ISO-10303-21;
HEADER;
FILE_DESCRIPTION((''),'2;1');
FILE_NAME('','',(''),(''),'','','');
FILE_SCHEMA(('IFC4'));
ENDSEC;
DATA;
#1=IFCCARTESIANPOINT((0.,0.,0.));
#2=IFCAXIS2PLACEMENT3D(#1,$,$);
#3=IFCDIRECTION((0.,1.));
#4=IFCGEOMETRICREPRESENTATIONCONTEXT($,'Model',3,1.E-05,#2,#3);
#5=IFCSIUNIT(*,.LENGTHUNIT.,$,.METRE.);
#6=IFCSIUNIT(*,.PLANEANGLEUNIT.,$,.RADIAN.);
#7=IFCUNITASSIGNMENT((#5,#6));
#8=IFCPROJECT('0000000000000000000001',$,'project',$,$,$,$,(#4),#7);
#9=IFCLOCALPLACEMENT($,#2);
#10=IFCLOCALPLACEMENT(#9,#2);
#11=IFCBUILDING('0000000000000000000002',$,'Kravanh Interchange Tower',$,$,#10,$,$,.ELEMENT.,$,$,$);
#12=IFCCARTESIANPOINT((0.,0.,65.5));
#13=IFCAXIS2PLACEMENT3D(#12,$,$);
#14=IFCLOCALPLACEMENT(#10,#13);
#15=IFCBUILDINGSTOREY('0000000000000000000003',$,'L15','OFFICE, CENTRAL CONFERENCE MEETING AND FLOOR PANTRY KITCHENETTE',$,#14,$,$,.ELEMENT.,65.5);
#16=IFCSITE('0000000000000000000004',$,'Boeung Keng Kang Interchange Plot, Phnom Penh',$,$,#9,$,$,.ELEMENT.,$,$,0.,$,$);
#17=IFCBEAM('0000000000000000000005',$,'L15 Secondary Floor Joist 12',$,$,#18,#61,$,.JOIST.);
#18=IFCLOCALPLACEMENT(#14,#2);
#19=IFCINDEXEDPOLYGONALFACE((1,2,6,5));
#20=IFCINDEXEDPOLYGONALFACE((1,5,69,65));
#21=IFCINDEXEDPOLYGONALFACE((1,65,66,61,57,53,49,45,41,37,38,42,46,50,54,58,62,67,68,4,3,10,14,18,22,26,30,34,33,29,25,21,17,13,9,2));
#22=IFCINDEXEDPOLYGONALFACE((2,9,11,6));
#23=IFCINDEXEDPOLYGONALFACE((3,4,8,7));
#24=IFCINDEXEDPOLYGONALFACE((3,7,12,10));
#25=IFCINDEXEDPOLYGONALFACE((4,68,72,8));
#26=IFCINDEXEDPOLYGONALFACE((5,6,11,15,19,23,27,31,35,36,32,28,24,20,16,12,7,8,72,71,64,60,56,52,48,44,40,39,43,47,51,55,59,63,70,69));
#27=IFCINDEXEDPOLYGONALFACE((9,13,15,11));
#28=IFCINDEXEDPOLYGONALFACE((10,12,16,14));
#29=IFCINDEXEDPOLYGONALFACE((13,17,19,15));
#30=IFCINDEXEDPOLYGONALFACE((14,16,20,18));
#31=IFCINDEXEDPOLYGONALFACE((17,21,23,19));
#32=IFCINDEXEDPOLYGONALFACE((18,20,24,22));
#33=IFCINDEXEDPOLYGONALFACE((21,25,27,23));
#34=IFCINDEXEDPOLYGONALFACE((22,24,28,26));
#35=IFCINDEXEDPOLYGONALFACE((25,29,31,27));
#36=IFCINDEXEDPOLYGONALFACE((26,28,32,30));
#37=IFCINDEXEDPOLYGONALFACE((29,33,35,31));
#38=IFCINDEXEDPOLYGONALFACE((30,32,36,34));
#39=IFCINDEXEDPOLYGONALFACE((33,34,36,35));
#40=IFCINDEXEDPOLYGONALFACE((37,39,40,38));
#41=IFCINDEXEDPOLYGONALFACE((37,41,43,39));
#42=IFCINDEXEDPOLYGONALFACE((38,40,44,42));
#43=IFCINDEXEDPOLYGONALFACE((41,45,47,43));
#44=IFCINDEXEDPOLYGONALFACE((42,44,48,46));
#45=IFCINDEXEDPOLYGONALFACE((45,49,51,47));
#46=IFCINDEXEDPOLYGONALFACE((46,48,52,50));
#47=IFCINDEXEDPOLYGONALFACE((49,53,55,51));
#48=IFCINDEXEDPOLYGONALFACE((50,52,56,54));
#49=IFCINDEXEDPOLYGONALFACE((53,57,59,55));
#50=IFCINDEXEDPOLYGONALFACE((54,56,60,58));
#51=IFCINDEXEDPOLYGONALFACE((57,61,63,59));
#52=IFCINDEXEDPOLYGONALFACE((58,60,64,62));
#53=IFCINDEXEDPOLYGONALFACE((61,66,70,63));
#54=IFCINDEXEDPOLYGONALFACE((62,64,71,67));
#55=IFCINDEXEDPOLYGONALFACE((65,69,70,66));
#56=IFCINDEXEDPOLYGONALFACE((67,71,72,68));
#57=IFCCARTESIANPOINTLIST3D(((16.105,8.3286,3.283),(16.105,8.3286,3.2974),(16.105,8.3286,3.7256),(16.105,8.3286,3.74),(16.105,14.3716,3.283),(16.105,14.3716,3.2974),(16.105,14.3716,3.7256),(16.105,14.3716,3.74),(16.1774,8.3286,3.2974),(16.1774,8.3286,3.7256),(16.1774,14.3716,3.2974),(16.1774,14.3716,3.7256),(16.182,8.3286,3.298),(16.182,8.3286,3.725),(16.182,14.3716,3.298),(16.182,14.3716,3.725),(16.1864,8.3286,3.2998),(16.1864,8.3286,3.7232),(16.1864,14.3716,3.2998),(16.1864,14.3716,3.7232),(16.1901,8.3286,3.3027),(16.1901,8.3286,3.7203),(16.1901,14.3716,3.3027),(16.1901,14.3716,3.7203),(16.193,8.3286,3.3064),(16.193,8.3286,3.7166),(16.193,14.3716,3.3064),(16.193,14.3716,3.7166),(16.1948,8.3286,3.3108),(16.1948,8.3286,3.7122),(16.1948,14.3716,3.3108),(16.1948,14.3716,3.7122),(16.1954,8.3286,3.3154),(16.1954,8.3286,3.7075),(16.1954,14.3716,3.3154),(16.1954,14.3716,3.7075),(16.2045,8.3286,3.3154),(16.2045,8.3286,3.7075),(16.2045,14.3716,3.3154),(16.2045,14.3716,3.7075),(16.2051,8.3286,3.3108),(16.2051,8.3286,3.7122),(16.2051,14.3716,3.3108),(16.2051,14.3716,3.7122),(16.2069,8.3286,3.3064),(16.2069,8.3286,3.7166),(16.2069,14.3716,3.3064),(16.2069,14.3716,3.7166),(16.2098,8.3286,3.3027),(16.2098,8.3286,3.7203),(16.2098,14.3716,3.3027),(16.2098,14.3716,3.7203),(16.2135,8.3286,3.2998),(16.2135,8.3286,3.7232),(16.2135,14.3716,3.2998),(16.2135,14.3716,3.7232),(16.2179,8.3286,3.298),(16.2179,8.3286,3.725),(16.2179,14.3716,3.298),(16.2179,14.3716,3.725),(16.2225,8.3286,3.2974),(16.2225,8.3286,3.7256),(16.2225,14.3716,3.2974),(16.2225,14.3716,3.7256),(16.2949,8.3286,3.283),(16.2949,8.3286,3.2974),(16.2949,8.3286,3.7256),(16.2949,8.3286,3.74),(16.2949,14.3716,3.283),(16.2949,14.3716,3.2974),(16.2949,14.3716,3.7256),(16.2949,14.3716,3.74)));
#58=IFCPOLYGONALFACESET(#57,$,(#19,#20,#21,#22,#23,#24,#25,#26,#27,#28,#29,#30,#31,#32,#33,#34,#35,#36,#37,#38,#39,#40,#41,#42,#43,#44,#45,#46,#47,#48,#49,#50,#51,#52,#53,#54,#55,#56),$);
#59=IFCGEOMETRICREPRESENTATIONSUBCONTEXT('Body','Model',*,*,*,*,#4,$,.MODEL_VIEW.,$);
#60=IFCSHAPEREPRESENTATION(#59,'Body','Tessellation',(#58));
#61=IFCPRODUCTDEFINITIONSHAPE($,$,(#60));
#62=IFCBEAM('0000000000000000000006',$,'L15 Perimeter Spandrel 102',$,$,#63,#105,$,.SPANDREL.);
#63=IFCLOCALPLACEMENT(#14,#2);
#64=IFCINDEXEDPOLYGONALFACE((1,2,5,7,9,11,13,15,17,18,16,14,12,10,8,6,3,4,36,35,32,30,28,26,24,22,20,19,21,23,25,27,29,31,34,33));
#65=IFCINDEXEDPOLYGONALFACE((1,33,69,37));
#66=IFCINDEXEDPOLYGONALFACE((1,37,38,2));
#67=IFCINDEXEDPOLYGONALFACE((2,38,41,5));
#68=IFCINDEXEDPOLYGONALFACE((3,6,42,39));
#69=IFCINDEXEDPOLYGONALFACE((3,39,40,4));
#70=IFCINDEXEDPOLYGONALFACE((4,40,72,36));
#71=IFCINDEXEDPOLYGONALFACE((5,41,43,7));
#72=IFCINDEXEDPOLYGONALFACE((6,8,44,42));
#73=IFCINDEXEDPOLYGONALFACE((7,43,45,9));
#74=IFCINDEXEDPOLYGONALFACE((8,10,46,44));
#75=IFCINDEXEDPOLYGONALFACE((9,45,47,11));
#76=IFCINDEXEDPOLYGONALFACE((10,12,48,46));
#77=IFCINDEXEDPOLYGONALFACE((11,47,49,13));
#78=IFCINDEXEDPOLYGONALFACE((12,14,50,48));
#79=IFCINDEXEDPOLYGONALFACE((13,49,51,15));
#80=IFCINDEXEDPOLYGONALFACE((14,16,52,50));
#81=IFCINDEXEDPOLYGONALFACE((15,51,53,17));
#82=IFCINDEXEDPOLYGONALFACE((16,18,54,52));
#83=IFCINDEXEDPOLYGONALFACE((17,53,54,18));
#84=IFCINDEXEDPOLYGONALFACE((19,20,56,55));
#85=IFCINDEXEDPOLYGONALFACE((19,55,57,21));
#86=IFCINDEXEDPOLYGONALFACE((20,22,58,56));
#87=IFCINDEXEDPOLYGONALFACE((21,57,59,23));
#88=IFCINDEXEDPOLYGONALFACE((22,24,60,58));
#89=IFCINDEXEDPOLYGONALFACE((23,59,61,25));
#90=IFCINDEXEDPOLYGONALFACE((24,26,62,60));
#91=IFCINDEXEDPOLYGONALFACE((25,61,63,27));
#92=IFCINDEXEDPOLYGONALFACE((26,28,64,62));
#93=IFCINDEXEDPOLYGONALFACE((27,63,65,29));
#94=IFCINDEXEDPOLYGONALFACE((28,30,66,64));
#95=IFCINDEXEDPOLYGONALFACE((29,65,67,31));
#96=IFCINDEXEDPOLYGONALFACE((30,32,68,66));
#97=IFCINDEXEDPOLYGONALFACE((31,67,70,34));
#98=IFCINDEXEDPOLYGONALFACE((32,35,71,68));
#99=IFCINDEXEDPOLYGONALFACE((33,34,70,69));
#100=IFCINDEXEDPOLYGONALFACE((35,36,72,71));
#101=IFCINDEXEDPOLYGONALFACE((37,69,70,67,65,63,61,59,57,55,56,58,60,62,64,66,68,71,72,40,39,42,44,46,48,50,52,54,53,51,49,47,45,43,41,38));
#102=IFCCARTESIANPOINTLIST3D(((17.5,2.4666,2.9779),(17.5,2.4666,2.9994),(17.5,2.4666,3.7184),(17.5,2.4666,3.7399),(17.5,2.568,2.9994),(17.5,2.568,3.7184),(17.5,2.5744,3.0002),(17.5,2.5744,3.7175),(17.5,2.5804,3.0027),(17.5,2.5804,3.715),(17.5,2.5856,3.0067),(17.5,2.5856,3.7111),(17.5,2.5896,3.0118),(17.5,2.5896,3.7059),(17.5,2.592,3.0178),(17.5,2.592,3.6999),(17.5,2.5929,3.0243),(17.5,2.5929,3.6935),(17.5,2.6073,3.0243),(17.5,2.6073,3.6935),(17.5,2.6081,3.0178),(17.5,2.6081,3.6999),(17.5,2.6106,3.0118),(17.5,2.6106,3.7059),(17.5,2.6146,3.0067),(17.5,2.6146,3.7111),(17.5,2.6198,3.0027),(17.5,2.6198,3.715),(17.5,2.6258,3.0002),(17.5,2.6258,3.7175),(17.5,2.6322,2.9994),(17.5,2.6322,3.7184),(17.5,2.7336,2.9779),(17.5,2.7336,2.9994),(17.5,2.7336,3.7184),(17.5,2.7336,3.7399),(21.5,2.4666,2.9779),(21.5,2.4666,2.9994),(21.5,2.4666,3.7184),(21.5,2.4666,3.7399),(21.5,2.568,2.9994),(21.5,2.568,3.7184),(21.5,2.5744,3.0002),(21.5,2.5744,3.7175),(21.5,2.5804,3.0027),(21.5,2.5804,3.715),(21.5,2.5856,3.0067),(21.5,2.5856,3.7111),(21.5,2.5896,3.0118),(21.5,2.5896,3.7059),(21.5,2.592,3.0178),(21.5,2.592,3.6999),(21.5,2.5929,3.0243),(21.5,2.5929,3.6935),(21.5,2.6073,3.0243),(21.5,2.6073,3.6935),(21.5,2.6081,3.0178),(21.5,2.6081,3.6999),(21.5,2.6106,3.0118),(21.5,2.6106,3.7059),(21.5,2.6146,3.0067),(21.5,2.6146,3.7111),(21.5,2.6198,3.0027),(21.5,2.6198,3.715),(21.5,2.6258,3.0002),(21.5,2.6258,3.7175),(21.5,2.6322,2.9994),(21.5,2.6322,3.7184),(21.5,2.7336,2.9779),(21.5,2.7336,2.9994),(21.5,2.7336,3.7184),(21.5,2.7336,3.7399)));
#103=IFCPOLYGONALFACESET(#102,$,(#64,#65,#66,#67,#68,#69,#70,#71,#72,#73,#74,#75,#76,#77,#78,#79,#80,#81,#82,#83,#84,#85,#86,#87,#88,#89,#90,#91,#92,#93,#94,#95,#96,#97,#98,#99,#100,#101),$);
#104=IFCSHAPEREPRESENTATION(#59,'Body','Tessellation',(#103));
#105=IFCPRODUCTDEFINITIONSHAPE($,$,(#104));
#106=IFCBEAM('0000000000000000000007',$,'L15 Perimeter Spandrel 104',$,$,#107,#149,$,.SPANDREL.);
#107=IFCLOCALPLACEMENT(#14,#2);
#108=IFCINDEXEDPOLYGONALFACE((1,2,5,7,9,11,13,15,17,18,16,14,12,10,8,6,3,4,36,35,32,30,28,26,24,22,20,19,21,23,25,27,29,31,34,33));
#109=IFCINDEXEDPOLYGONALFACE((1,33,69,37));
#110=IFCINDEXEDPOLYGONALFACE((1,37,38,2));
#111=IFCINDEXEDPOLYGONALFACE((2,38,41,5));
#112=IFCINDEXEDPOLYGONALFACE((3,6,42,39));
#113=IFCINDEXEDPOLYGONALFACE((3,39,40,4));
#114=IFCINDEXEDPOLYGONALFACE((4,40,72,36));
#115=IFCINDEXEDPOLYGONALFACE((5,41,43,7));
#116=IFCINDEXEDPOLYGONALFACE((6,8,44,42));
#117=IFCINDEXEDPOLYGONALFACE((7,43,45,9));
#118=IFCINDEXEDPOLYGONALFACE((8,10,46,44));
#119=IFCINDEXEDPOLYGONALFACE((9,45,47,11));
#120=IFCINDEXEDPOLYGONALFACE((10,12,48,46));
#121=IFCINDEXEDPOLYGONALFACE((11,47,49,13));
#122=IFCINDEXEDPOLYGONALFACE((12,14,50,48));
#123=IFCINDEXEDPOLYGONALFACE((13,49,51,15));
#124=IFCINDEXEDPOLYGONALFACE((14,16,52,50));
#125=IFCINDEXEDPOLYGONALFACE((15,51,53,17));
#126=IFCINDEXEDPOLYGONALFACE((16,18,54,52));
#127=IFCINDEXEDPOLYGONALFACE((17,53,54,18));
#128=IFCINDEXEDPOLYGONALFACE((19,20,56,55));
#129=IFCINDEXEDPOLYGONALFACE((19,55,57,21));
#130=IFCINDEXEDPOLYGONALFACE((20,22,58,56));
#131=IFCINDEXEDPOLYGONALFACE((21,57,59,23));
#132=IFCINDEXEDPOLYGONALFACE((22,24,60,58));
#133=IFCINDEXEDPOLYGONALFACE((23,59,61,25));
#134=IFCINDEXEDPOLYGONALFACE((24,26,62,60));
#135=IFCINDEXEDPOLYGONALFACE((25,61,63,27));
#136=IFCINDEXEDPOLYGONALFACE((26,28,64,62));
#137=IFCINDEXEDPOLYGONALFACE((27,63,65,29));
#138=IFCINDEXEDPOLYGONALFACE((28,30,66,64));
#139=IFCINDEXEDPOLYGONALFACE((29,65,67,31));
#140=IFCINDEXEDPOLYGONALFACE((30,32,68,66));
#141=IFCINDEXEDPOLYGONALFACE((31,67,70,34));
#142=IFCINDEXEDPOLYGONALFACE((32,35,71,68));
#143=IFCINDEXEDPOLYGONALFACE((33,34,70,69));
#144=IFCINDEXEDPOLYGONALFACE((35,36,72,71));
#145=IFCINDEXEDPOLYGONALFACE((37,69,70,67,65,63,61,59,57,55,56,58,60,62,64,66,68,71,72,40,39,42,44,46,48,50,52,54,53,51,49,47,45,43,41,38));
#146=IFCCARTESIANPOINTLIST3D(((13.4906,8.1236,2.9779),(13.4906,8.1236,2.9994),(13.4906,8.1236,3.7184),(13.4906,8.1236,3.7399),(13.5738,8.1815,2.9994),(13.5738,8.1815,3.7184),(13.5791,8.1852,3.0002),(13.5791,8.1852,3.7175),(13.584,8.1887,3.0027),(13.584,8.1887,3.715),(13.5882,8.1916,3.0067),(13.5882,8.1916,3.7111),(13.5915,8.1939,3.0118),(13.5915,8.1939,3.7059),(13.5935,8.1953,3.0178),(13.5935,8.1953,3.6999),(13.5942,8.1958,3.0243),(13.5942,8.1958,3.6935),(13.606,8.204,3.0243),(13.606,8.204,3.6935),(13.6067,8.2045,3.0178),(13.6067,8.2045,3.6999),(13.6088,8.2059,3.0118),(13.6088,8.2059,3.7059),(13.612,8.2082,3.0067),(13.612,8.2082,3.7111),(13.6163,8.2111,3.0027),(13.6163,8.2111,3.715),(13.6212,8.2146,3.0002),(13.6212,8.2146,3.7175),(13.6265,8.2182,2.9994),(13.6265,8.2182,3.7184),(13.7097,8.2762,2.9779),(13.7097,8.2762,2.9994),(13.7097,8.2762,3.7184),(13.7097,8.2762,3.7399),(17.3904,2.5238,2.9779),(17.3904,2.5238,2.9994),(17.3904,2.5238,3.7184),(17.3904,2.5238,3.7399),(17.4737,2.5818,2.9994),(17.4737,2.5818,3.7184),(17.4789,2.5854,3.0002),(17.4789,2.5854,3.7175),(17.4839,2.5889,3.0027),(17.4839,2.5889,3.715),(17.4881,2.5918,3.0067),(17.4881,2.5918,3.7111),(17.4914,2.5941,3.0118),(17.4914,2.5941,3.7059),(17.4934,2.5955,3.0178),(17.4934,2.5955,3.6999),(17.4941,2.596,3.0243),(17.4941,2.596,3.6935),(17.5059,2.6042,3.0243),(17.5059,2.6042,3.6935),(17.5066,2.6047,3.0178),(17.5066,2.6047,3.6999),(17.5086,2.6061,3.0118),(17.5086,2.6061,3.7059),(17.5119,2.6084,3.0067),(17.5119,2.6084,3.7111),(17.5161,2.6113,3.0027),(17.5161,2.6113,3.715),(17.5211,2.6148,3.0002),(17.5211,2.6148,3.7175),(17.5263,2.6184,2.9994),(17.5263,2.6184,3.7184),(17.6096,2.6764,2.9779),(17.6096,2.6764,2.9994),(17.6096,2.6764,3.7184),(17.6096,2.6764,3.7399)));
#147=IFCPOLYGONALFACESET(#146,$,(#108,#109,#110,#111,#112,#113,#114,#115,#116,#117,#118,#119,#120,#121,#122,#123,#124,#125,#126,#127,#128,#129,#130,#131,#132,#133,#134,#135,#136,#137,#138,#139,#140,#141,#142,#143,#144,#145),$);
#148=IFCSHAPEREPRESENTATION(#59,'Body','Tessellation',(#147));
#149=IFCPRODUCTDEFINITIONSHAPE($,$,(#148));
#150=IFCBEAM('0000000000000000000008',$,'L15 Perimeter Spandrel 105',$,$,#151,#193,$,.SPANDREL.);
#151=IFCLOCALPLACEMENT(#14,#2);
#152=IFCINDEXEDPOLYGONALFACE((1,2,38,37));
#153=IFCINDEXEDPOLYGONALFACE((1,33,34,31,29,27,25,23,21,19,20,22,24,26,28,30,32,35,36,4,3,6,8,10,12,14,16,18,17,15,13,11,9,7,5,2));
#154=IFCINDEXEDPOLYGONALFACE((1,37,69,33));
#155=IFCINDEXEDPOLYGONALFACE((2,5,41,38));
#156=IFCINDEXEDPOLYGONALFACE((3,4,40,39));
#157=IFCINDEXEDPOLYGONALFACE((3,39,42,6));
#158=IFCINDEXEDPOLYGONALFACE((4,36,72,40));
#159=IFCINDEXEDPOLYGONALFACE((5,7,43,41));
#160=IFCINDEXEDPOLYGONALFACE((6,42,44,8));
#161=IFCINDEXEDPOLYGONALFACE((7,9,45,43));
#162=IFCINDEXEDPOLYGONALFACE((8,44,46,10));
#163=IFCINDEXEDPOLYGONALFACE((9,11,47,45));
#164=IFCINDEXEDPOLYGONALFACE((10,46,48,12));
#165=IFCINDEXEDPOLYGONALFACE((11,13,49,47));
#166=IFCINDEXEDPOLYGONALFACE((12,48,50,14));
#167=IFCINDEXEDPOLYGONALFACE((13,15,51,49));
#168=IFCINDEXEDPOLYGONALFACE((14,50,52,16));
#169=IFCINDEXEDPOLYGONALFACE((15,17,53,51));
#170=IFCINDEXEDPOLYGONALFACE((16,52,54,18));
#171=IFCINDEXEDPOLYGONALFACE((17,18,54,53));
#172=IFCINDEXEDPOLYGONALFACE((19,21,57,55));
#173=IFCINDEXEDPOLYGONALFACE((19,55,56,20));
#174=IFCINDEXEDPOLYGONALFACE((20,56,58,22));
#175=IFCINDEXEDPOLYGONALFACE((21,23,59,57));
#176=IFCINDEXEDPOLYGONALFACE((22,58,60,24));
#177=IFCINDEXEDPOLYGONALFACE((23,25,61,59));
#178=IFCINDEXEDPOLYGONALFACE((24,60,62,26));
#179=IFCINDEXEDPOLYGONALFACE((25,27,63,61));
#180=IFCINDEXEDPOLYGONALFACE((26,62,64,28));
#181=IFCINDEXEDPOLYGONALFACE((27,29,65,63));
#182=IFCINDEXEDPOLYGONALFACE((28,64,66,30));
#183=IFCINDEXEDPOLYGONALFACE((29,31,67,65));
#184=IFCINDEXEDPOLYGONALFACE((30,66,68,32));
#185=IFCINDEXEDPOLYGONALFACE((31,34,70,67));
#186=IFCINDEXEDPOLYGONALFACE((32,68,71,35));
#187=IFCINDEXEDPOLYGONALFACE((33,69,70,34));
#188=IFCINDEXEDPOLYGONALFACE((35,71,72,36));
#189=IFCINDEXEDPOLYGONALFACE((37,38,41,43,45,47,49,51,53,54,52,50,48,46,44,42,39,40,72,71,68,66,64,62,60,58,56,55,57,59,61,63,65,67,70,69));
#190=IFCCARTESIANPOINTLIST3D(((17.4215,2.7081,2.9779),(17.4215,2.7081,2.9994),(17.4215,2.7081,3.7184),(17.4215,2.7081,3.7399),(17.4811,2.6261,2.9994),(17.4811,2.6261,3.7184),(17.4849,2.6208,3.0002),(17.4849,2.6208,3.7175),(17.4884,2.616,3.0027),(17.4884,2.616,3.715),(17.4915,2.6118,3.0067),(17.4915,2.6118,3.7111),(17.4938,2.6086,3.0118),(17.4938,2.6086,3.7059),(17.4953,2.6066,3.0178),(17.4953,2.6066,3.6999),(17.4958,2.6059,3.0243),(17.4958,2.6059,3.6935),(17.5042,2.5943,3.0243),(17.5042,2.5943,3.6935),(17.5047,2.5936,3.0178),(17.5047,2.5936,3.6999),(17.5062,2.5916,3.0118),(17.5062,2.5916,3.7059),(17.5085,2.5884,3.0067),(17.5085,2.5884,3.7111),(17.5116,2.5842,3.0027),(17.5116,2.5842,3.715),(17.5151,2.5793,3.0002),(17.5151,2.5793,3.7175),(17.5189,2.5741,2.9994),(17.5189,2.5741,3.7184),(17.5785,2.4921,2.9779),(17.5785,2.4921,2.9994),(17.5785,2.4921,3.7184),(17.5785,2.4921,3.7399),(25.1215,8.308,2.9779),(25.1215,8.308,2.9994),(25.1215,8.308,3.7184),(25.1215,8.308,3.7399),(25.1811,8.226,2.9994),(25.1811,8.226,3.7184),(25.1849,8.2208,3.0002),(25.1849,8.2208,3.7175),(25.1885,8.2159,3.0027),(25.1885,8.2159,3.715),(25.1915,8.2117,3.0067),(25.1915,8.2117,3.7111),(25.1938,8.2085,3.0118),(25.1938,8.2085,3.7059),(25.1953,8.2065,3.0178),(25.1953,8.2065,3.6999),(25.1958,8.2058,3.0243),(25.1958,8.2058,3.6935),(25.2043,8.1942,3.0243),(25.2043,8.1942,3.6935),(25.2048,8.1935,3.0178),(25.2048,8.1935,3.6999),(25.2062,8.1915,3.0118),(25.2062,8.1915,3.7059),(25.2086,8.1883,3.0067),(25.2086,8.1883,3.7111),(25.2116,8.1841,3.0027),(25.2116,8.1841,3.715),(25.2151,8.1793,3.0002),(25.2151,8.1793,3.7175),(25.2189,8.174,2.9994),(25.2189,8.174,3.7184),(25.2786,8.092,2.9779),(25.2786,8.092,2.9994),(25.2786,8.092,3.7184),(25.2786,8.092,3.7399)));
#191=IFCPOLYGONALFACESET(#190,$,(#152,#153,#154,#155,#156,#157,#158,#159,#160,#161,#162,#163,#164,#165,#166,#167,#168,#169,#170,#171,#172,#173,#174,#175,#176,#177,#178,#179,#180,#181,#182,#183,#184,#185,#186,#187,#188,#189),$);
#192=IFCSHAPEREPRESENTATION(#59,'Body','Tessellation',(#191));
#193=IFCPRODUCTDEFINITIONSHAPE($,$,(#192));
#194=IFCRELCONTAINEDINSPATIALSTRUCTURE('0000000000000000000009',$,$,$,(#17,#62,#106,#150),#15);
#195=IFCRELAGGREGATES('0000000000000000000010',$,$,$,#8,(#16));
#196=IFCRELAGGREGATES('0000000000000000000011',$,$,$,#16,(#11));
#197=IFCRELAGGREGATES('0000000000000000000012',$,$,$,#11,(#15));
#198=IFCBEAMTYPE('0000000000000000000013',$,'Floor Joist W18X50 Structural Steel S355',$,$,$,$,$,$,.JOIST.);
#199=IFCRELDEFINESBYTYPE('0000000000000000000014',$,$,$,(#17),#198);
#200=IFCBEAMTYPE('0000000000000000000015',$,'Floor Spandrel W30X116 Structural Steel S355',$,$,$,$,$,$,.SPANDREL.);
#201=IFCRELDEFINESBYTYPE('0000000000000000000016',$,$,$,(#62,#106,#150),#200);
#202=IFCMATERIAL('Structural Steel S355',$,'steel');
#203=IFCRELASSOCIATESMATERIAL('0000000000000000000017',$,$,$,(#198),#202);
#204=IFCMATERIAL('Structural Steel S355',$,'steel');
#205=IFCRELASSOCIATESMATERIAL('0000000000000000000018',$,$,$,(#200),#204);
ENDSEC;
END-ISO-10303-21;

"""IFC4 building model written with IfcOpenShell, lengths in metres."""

from ifc_helpers import new_model, si_unit, direction, frame, origin, origin_2d, place, context, subcontext, project, spatial, i_section, extrude, material, material_profile, profile_set, type_object, element, save


model = new_model("IFC4")

# Units and contexts
model_context = context("Model", 3, precision=1e-05, world=origin(), true_north=direction((0.0, 1.0)))
body_context = subcontext(model_context, "Body", "Model", "MODEL_VIEW")
ifc_project = project(units=[si_unit("LENGTHUNIT", "METRE"), si_unit("PLANEANGLEUNIT", "RADIAN")], contexts=[model_context])

# Site, building, storey
site_placement = place(None, origin())
site = spatial("IfcSite", under=ifc_project, at=site_placement, Name="Boeung Keng Kang Interchange Plot, Phnom Penh", CompositionType="ELEMENT", RefElevation=0.0)
building_placement = place(site_placement, origin())
building = spatial("IfcBuilding", under=site, at=building_placement, Name="Kravanh Interchange Tower", CompositionType="ELEMENT")
storey_placement = place(building_placement, frame((0.0, 0.0, 65.5)))
storey = spatial("IfcBuildingStorey", under=building, at=storey_placement, Name="L15", Description="OFFICE, CENTRAL CONFERENCE MEETING AND FLOOR PANTRY KITCHENETTE", CompositionType="ELEMENT", Elevation=65.5)

# Beams
ifc_material_1 = material(Name="Structural Steel S355", Category="steel")
ifc_material_profile_1 = material_profile(ifc_material_1, i_section(OverallWidth=0.1899, OverallDepth=0.457, WebThickness=0.009, FlangeThickness=0.0144, FilletRadius=0.0181, at=origin_2d()), Name="W18X50")
ifc_profile_set_1 = profile_set([ifc_material_profile_1], Name="Structural Steel S355")
beam_type_1 = type_object("IfcBeamType", Name="Floor Joist W18X50 Structural Steel S355", PredefinedType="JOIST", material=ifc_profile_set_1)
for number, where, z_axis, x_axis, name in (
    (1, (16.2, 8.3286, 3.5115), (0.0, 1.0, 0.0), (-1.0, 0.0, 0.0), "L15 Secondary Floor Joist 12"),
):
    element("IfcBeam", number, at=place(storey_placement, frame(where, z_axis=z_axis, x_axis=x_axis)), inside=storey, type_object=beam_type_1, Name=name, PredefinedType="JOIST", context=body_context, shape_type="SweptSolid", body=[
        extrude(i_section(OverallWidth=0.1899, OverallDepth=0.457, WebThickness=0.009, FlangeThickness=0.0144, FilletRadius=0.0181, at=origin_2d()), origin(), (0.0, 0.0, 1.0), 6.043),
    ])
ifc_material_2 = material(Name="Structural Steel S355", Category="steel")
ifc_material_profile_2 = material_profile(ifc_material_2, i_section(OverallWidth=0.2671, OverallDepth=0.762, WebThickness=0.0144, FlangeThickness=0.0215, FilletRadius=0.0249, at=origin_2d()), Name="W30X116")
ifc_profile_set_2 = profile_set([ifc_material_profile_2], Name="Structural Steel S355")
beam_type_2 = type_object("IfcBeamType", Name="Floor Spandrel W30X116 Structural Steel S355", PredefinedType="SPANDREL", material=ifc_profile_set_2)
beam_1_placement = place(storey_placement, frame((17.5, 2.6001, 3.3589), z_axis=(1.0, 0.0, 0.0), x_axis=(0.0, 1.0, 0.0)))
element("IfcBeam", 2, at=beam_1_placement, inside=storey, type_object=beam_type_2, Name="L15 Perimeter Spandrel 102", PredefinedType="SPANDREL", context=body_context, shape_type="SweptSolid", body=[
    extrude(i_section(OverallWidth=0.2671, OverallDepth=0.762, WebThickness=0.0144, FlangeThickness=0.0215, FilletRadius=0.0249, at=origin_2d()), origin(), (0.0, 0.0, 1.0), 4.0),
])
beam_2_placement = place(storey_placement, frame((17.5, 2.6001, 3.3589), z_axis=(-0.571494, 0.820606, 0.0), x_axis=(-0.820606, -0.571494, 0.0)))
element("IfcBeam", 3, at=beam_2_placement, inside=storey, type_object=beam_type_2, Name="L15 Perimeter Spandrel 104", PredefinedType="SPANDREL", context=body_context, shape_type="SweptSolid", body=[
    extrude(i_section(OverallWidth=0.2671, OverallDepth=0.762, WebThickness=0.0144, FlangeThickness=0.0215, FilletRadius=0.0249, at=origin_2d()), origin(), (0.0, 0.0, 1.0), 6.824),
])
beam_3_placement = place(storey_placement, frame((17.5, 2.6001, 3.3589), z_axis=(0.808742, 0.588164, 0.0), x_axis=(-0.588164, 0.808742, 0.0)))
element("IfcBeam", 4, at=beam_3_placement, inside=storey, type_object=beam_type_2, Name="L15 Perimeter Spandrel 105", PredefinedType="SPANDREL", context=body_context, shape_type="SweptSolid", body=[
    extrude(i_section(OverallWidth=0.2671, OverallDepth=0.762, WebThickness=0.0144, FlangeThickness=0.0215, FilletRadius=0.0249, at=origin_2d()), origin(), (0.0, 0.0, 1.0), 9.521),
])

save(model, "model.ifc")
